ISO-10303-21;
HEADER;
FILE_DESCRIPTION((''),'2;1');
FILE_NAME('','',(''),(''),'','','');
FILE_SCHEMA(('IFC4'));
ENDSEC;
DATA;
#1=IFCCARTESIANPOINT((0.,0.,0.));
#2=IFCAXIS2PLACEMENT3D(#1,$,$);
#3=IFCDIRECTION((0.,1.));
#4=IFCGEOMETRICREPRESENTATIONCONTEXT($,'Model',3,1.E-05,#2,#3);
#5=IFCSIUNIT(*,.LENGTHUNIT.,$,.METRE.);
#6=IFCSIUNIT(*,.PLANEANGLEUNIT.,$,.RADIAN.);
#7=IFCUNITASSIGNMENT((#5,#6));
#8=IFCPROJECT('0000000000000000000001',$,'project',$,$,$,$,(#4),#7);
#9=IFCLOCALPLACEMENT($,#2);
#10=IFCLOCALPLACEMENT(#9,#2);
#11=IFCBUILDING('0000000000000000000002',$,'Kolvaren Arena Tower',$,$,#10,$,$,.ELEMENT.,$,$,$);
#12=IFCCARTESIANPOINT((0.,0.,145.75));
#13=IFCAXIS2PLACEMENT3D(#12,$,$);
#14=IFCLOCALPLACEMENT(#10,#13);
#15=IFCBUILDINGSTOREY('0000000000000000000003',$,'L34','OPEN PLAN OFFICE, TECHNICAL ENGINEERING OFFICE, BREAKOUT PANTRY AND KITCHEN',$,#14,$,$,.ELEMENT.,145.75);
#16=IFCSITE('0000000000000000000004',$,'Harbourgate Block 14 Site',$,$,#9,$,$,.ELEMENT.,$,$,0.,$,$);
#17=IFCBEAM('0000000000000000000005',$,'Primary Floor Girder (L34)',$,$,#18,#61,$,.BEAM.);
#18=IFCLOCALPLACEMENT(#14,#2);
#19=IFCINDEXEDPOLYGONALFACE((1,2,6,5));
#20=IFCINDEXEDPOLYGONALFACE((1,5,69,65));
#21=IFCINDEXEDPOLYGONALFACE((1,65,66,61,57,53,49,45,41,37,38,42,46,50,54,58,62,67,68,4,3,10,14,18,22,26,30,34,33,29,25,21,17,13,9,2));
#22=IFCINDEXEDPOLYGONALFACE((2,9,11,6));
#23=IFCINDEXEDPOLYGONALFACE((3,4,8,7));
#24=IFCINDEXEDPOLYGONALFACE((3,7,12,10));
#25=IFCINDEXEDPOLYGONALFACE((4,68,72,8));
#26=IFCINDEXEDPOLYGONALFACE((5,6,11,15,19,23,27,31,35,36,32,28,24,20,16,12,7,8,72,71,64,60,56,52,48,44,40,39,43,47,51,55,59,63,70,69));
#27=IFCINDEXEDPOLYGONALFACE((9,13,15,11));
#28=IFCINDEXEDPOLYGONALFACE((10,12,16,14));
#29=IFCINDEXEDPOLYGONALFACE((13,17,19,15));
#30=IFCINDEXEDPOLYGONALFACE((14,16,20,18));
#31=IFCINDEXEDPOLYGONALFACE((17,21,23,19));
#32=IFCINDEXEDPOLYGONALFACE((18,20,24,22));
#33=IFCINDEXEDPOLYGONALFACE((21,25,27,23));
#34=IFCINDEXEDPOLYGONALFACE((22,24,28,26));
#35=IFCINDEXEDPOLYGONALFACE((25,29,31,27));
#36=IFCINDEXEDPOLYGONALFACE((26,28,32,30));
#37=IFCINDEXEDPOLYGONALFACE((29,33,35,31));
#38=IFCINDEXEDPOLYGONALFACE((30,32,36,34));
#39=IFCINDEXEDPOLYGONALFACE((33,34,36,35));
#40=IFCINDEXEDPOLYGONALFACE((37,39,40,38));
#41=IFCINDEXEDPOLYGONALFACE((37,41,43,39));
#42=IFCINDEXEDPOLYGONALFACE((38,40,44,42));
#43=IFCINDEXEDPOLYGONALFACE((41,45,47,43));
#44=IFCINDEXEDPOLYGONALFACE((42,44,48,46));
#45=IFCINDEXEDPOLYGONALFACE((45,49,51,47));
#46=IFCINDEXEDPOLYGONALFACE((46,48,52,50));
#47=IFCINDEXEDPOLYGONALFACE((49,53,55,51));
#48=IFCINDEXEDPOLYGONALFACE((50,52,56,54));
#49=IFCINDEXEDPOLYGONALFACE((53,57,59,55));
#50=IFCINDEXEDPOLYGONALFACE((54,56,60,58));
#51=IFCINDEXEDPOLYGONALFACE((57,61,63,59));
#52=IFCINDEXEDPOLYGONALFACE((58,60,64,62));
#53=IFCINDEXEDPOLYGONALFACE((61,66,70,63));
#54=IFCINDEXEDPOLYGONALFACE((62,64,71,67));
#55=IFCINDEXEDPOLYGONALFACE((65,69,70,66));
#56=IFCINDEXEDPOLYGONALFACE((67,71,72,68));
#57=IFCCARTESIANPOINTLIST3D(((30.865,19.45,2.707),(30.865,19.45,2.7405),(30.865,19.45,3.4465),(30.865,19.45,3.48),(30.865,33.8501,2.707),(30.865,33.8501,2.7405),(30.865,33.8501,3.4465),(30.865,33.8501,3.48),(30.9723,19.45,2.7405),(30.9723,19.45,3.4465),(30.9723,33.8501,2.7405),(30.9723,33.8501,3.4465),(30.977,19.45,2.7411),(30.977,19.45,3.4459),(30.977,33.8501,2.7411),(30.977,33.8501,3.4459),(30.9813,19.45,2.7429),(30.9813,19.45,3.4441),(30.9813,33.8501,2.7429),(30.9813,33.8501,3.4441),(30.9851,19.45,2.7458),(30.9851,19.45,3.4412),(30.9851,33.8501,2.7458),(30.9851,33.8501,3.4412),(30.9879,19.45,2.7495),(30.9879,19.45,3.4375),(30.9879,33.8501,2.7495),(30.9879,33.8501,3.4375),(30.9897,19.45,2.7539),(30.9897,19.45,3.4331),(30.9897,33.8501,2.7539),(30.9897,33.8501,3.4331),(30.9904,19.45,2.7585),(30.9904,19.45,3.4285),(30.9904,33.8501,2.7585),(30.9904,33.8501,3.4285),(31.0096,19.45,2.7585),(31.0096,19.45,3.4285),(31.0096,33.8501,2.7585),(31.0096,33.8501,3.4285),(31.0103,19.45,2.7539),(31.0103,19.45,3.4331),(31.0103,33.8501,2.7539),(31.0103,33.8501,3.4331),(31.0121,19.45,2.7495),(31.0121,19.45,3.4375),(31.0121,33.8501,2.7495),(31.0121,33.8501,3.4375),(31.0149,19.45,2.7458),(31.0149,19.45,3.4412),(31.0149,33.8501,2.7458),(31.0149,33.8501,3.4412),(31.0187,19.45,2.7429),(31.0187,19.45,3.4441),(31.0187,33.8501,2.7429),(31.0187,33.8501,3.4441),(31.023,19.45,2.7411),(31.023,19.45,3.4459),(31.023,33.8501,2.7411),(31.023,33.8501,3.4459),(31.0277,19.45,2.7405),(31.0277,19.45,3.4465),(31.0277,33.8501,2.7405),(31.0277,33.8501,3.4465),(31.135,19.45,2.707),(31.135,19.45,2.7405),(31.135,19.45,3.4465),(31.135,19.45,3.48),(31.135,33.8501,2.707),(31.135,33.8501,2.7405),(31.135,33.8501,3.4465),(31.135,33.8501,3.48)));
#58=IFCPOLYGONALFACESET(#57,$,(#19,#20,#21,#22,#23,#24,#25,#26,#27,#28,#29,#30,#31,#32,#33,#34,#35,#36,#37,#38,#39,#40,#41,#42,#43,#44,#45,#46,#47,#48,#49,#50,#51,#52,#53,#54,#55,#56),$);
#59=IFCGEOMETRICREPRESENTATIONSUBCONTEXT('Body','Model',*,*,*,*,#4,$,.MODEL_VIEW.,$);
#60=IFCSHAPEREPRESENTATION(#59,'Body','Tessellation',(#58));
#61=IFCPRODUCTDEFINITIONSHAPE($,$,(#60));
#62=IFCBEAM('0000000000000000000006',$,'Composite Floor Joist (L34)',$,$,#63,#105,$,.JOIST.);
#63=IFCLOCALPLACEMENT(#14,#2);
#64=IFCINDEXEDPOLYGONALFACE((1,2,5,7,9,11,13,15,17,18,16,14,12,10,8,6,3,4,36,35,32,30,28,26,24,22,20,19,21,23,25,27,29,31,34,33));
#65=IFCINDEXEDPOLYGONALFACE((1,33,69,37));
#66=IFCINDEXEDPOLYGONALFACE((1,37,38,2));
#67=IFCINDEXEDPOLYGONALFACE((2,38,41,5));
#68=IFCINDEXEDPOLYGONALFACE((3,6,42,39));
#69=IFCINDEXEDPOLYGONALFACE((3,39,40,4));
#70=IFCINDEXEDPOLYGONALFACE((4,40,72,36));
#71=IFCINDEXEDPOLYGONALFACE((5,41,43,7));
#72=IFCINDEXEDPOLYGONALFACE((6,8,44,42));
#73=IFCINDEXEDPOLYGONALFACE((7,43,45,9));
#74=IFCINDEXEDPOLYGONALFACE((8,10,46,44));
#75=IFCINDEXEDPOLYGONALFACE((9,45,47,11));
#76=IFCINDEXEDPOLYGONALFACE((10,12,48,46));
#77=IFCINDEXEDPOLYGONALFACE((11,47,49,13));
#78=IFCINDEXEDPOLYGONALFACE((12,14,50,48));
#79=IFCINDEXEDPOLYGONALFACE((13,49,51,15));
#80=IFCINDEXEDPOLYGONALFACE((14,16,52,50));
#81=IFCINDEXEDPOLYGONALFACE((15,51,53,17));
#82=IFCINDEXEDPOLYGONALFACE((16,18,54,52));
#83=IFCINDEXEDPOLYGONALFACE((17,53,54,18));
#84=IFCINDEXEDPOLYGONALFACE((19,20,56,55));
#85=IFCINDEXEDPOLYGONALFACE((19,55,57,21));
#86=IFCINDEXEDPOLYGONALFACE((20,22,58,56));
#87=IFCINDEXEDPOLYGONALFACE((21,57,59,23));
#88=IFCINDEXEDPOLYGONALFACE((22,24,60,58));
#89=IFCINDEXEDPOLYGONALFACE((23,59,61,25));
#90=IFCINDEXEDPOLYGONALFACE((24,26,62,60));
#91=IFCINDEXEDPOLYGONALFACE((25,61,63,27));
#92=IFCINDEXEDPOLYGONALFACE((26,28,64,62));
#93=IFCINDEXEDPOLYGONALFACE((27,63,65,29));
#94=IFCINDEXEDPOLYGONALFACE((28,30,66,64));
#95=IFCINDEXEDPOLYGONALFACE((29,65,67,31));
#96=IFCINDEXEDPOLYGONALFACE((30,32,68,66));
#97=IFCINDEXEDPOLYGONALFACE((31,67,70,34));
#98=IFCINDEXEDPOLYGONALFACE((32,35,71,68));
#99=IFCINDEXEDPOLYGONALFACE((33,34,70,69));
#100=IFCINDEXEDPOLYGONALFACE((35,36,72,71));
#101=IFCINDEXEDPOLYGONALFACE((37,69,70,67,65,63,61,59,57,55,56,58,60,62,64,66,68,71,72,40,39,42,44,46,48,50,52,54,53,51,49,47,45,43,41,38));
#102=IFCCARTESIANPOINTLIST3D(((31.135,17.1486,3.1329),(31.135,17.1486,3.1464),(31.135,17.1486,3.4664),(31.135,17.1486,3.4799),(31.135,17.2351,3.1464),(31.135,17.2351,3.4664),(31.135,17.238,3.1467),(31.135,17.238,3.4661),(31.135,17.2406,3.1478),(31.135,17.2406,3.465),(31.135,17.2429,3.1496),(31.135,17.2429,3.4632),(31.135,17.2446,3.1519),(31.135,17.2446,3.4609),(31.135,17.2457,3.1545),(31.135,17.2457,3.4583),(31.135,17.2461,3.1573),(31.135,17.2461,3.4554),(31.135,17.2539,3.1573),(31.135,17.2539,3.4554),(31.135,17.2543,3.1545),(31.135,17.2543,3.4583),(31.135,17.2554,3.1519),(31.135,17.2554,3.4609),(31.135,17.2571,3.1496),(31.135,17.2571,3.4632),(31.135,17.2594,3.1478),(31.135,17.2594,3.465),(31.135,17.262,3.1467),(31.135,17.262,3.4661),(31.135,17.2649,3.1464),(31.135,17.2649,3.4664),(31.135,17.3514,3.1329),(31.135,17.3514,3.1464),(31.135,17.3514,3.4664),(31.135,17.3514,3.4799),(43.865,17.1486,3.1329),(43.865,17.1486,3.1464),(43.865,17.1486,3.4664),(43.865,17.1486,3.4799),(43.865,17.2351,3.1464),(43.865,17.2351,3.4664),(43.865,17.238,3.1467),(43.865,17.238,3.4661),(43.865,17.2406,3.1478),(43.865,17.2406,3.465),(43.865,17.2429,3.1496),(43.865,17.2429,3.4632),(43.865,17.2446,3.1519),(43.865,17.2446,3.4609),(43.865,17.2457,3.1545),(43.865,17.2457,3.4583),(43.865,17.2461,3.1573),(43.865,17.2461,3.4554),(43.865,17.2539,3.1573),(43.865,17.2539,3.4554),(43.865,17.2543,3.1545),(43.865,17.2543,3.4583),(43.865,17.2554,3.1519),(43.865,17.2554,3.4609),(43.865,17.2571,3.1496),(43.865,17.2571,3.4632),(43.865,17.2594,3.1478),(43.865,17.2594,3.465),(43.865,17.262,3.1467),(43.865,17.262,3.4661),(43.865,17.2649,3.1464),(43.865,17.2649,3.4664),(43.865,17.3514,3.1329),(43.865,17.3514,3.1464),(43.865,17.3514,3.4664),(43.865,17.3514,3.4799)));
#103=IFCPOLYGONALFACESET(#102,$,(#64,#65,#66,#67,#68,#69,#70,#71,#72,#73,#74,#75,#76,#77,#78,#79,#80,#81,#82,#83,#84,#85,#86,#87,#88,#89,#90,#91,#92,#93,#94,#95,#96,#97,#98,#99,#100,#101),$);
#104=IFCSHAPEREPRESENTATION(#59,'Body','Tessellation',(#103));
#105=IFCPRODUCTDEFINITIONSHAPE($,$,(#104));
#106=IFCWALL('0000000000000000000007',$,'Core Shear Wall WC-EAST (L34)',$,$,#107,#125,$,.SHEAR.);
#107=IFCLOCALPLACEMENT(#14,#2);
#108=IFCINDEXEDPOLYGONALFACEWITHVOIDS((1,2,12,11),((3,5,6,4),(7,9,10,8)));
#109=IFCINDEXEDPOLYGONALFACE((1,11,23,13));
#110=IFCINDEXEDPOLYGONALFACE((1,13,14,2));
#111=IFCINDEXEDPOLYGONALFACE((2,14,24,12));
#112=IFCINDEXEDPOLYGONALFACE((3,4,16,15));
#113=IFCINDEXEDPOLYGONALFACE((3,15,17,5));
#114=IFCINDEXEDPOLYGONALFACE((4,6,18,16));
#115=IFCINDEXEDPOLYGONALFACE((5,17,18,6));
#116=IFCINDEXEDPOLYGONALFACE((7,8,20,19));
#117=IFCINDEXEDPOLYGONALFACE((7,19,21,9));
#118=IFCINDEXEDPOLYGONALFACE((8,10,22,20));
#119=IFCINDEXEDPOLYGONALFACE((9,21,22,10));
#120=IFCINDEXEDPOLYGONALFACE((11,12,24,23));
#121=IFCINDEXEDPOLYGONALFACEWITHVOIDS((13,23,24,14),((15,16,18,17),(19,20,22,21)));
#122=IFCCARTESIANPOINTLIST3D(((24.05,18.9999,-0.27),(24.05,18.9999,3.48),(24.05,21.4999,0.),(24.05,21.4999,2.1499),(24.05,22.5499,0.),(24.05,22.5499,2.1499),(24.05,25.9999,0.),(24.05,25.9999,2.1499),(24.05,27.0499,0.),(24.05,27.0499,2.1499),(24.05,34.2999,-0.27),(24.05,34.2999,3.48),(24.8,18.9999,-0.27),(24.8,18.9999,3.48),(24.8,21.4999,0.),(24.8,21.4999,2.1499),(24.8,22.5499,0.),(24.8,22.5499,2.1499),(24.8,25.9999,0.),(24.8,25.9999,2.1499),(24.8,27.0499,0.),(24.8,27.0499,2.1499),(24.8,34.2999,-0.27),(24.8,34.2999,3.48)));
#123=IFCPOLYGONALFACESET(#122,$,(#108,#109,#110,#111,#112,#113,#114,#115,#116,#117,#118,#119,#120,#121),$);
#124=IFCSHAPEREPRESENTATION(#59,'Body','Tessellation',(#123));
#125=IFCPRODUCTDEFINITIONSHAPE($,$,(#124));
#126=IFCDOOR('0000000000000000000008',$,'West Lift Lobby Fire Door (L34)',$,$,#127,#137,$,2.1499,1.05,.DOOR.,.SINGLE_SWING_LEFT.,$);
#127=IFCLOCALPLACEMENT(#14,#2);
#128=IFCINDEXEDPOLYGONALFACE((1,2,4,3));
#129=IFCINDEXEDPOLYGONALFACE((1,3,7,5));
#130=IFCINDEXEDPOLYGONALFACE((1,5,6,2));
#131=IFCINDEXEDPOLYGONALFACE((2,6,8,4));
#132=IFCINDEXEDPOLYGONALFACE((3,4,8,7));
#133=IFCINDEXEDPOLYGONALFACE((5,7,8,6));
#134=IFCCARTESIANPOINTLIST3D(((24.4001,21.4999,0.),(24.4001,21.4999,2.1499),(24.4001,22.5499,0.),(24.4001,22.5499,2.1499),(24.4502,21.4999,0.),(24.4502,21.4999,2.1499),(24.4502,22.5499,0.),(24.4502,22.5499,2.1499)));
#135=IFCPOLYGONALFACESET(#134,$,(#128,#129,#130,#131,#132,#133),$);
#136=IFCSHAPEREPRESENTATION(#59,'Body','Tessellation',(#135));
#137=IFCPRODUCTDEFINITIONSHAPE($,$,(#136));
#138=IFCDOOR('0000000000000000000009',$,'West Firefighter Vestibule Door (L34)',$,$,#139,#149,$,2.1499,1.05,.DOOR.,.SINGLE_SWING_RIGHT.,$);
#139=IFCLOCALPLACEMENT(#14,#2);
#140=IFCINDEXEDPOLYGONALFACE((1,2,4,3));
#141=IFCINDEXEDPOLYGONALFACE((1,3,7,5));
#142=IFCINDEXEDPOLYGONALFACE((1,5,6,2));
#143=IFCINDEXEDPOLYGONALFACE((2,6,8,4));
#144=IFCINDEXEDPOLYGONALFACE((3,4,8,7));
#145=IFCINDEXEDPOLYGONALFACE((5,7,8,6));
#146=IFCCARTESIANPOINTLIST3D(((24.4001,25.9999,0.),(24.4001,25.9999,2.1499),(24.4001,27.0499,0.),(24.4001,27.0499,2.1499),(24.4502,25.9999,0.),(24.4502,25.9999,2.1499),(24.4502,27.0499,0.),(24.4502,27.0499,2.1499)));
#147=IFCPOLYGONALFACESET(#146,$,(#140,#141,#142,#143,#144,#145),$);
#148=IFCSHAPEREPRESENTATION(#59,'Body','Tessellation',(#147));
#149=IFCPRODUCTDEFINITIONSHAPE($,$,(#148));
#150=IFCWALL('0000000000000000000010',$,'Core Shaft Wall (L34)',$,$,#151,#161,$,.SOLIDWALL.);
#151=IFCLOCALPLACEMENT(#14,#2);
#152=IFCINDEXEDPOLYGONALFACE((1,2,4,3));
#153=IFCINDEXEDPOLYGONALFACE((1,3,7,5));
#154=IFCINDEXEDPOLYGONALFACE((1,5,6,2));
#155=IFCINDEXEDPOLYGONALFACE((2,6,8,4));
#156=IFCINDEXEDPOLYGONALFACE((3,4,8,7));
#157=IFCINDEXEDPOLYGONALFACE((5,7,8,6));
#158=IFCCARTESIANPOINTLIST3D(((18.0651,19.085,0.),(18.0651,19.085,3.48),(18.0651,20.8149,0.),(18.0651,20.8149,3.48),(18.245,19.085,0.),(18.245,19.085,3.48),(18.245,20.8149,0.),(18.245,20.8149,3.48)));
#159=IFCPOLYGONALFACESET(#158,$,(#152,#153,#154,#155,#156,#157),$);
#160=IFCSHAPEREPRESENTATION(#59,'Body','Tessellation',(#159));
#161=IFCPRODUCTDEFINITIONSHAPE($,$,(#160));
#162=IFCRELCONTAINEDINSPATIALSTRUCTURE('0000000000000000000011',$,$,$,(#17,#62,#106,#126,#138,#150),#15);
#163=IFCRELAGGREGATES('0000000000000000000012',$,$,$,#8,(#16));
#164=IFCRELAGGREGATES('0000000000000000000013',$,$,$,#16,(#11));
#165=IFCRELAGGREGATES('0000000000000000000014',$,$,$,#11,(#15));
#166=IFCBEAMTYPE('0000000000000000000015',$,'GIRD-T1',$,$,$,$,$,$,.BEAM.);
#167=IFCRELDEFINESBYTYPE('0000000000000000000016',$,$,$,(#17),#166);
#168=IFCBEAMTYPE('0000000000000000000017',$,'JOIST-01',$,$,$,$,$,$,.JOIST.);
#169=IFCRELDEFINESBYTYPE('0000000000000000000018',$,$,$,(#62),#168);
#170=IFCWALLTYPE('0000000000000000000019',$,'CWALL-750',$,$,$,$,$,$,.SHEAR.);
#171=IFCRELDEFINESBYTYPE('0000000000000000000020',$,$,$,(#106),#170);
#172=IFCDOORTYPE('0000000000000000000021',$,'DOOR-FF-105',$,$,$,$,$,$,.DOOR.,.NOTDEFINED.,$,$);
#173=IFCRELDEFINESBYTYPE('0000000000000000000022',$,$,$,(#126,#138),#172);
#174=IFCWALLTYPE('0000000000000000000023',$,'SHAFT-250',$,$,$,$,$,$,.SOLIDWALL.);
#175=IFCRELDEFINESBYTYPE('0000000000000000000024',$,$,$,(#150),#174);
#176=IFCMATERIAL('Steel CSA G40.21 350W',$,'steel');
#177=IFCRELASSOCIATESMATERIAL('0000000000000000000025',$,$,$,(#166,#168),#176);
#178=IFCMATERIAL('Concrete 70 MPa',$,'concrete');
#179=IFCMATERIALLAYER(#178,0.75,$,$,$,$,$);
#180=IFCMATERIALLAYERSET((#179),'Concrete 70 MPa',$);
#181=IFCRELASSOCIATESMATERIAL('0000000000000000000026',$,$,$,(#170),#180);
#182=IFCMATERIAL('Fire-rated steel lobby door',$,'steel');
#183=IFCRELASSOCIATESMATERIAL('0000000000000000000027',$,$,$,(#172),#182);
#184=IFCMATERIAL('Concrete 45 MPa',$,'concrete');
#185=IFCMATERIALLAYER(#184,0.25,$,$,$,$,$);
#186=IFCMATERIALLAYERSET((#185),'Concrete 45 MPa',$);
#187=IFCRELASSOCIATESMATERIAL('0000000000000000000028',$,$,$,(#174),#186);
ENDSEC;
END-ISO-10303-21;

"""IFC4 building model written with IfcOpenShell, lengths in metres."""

from ifc_helpers import new_model, si_unit, direction, frame, frame_2d, origin, origin_2d, place, context, subcontext, project, spatial, rectangle, i_section, extrude, material, layer, layer_set, material_profile, profile_set, type_object, element, fill, save


model = new_model("IFC4")

# Units and contexts
model_context = context("Model", 3, precision=1e-05, world=origin(), true_north=direction((0.0, 1.0)))
body_context = subcontext(model_context, "Body", "Model", "MODEL_VIEW")
ifc_project = project(units=[si_unit("LENGTHUNIT", "METRE"), si_unit("PLANEANGLEUNIT", "RADIAN")], contexts=[model_context])

# Site, building, storey
site_placement = place(None, origin())
site = spatial("IfcSite", under=ifc_project, at=site_placement, Name="Harbourgate Block 14 Site", CompositionType="ELEMENT", RefElevation=0.0)
building_placement = place(site_placement, origin())
building = spatial("IfcBuilding", under=site, at=building_placement, Name="Kolvaren Arena Tower", CompositionType="ELEMENT")
storey_placement = place(building_placement, frame((0.0, 0.0, 145.75)))
storey = spatial("IfcBuildingStorey", under=building, at=storey_placement, Name="L34", Description="OPEN PLAN OFFICE, TECHNICAL ENGINEERING OFFICE, BREAKOUT PANTRY AND KITCHEN", CompositionType="ELEMENT", Elevation=145.75)

# Beams
ifc_material_1 = material(Name="Steel CSA G40.21 350W", Category="steel")
ifc_material_profile_1 = material_profile(ifc_material_1, i_section(OverallWidth=0.27, OverallDepth=0.7729, WebThickness=0.0193, FlangeThickness=0.0334, FilletRadius=0.0181, at=origin_2d()), Name="W760x257")
ifc_profile_set_1 = profile_set([ifc_material_profile_1], Name="Steel CSA G40.21 350W")
beam_type_1 = type_object("IfcBeamType", Name="GIRD-T1", PredefinedType="BEAM", material=ifc_profile_set_1)
beam_1_placement = place(storey_placement, frame((31.0, 19.45, 3.0935), z_axis=(0.0, 1.0, 0.0), x_axis=(-1.0, 0.0, 0.0)))
element("IfcBeam", 1, at=beam_1_placement, inside=storey, type_object=beam_type_1, Name="Primary Floor Girder (L34)", PredefinedType="BEAM", context=body_context, shape_type="SweptSolid", body=[
    extrude(i_section(OverallWidth=0.27, OverallDepth=0.7729, WebThickness=0.0193, FlangeThickness=0.0334, FilletRadius=0.0181, at=origin_2d()), origin(), (0.0, 0.0, 1.0), 14.4001),
])
ifc_material_profile_2 = material_profile(ifc_material_1, i_section(OverallWidth=0.2029, OverallDepth=0.3469, WebThickness=0.0078, FlangeThickness=0.0134, FilletRadius=0.011, at=origin_2d()), Name="W360x64")
ifc_profile_set_2 = profile_set([ifc_material_profile_2], Name="Steel CSA G40.21 350W")
beam_type_2 = type_object("IfcBeamType", Name="JOIST-01", PredefinedType="JOIST", material=ifc_profile_set_2)
beam_2_placement = place(storey_placement, frame((31.135, 17.25, 3.3064), z_axis=(1.0, 0.0, 0.0), x_axis=(0.0, 1.0, 0.0)))
element("IfcBeam", 2, at=beam_2_placement, inside=storey, type_object=beam_type_2, Name="Composite Floor Joist (L34)", PredefinedType="JOIST", context=body_context, shape_type="SweptSolid", body=[
    extrude(i_section(OverallWidth=0.2029, OverallDepth=0.3469, WebThickness=0.0078, FlangeThickness=0.0134, FilletRadius=0.011, at=origin_2d()), origin(), (0.0, 0.0, 1.0), 12.73),
])

# Wall, openings, doors
ifc_material_2 = material(Name="Concrete 70 MPa", Category="concrete")
ifc_layer_1 = layer(ifc_material_2, 0.75)
ifc_layer_set_1 = layer_set([ifc_layer_1], Name="Concrete 70 MPa")
wall_type_1 = type_object("IfcWallType", Name="CWALL-750", PredefinedType="SHEAR", material=ifc_layer_set_1)
wall_1_placement = place(storey_placement, frame((24.425, 19.0, -0.27), z_axis=(0.0, 0.0, 1.0), x_axis=(0.0, 1.0, 0.0)))
wall_1 = element("IfcWall", 3, at=wall_1_placement, inside=storey, type_object=wall_type_1, Name="Core Shear Wall WC-EAST (L34)", PredefinedType="SHEAR", context=body_context, shape_type="SweptSolid", body=[
    extrude(rectangle(XDim=15.3, YDim=0.75, at=frame_2d((7.6499, 0.0))), origin(), (0.0, 0.0, 1.0), 3.75),
])
opening_1_placement = place(wall_1_placement, frame((2.5, 0.0, 0.27)))
opening_1 = element("IfcOpeningElement", 4, at=opening_1_placement, cuts=wall_1, PredefinedType="OPENING", context=body_context, shape_type="SweptSolid", body=[
    extrude(rectangle(XDim=1.05, YDim=2.1499, at=frame_2d((0.5249, 1.075))), frame((0.0, 0.385, 0.0), z_axis=(0.0, -1.0, 0.0), x_axis=(1.0, 0.0, 0.0)), (0.0, 0.0, 1.0), 0.77),
])
opening_2_placement = place(wall_1_placement, frame((7.0, 0.0, 0.27)))
opening_2 = element("IfcOpeningElement", 5, at=opening_2_placement, cuts=wall_1, PredefinedType="OPENING", context=body_context, shape_type="SweptSolid", body=[
    extrude(rectangle(XDim=1.05, YDim=2.1499, at=frame_2d((0.5249, 1.075))), frame((0.0, 0.385, 0.0), z_axis=(0.0, -1.0, 0.0), x_axis=(1.0, 0.0, 0.0)), (0.0, 0.0, 1.0), 0.77),
])
ifc_material_3 = material(Name="Fire-rated steel lobby door", Category="steel")
door_type_1 = type_object("IfcDoorType", Name="DOOR-FF-105", OperationType="NOTDEFINED", PredefinedType="DOOR", material=ifc_material_3)
door_1_placement = place(opening_1_placement, origin())
door_1 = element("IfcDoor", 6, at=door_1_placement, inside=storey, type_object=door_type_1, Name="West Lift Lobby Fire Door (L34)", OperationType="SINGLE_SWING_LEFT", OverallHeight=2.1499, OverallWidth=1.05, PredefinedType="DOOR", context=body_context, shape_type="SweptSolid", body=[
    extrude(rectangle(XDim=1.05, YDim=2.1499, at=frame_2d((0.5249, 1.075))), frame((0.0, 0.0249, 0.0), z_axis=(0.0, -1.0, 0.0), x_axis=(1.0, 0.0, 0.0)), (0.0, 0.0, 1.0), 0.05),
])
fill(opening_1, door_1)
door_2_placement = place(opening_2_placement, origin())
door_2 = element("IfcDoor", 7, at=door_2_placement, inside=storey, type_object=door_type_1, Name="West Firefighter Vestibule Door (L34)", OperationType="SINGLE_SWING_RIGHT", OverallHeight=2.1499, OverallWidth=1.05, PredefinedType="DOOR", context=body_context, shape_type="SweptSolid", body=[
    extrude(rectangle(XDim=1.05, YDim=2.1499, at=frame_2d((0.5249, 1.075))), frame((0.0, 0.0249, 0.0), z_axis=(0.0, -1.0, 0.0), x_axis=(1.0, 0.0, 0.0)), (0.0, 0.0, 1.0), 0.05),
])
fill(opening_2, door_2)

# Wall
ifc_material_4 = material(Name="Concrete 45 MPa", Category="concrete")
ifc_layer_2 = layer(ifc_material_4, 0.25)
ifc_layer_set_2 = layer_set([ifc_layer_2], Name="Concrete 45 MPa")
wall_type_2 = type_object("IfcWallType", Name="SHAFT-250", PredefinedType="SOLIDWALL", material=ifc_layer_set_2)
wall_2_placement = place(storey_placement, frame((18.155, 19.085, 0.0), z_axis=(0.0, 0.0, 1.0), x_axis=(0.0, 1.0, 0.0)))
element("IfcWall", 8, at=wall_2_placement, inside=storey, type_object=wall_type_2, Name="Core Shaft Wall (L34)", PredefinedType="SOLIDWALL", context=body_context, shape_type="SweptSolid", body=[
    extrude(rectangle(XDim=1.73, YDim=0.1799, at=frame_2d((0.865, 0.0))), origin(), (0.0, 0.0, 1.0), 3.48),
])

save(model, "model.ifc")
